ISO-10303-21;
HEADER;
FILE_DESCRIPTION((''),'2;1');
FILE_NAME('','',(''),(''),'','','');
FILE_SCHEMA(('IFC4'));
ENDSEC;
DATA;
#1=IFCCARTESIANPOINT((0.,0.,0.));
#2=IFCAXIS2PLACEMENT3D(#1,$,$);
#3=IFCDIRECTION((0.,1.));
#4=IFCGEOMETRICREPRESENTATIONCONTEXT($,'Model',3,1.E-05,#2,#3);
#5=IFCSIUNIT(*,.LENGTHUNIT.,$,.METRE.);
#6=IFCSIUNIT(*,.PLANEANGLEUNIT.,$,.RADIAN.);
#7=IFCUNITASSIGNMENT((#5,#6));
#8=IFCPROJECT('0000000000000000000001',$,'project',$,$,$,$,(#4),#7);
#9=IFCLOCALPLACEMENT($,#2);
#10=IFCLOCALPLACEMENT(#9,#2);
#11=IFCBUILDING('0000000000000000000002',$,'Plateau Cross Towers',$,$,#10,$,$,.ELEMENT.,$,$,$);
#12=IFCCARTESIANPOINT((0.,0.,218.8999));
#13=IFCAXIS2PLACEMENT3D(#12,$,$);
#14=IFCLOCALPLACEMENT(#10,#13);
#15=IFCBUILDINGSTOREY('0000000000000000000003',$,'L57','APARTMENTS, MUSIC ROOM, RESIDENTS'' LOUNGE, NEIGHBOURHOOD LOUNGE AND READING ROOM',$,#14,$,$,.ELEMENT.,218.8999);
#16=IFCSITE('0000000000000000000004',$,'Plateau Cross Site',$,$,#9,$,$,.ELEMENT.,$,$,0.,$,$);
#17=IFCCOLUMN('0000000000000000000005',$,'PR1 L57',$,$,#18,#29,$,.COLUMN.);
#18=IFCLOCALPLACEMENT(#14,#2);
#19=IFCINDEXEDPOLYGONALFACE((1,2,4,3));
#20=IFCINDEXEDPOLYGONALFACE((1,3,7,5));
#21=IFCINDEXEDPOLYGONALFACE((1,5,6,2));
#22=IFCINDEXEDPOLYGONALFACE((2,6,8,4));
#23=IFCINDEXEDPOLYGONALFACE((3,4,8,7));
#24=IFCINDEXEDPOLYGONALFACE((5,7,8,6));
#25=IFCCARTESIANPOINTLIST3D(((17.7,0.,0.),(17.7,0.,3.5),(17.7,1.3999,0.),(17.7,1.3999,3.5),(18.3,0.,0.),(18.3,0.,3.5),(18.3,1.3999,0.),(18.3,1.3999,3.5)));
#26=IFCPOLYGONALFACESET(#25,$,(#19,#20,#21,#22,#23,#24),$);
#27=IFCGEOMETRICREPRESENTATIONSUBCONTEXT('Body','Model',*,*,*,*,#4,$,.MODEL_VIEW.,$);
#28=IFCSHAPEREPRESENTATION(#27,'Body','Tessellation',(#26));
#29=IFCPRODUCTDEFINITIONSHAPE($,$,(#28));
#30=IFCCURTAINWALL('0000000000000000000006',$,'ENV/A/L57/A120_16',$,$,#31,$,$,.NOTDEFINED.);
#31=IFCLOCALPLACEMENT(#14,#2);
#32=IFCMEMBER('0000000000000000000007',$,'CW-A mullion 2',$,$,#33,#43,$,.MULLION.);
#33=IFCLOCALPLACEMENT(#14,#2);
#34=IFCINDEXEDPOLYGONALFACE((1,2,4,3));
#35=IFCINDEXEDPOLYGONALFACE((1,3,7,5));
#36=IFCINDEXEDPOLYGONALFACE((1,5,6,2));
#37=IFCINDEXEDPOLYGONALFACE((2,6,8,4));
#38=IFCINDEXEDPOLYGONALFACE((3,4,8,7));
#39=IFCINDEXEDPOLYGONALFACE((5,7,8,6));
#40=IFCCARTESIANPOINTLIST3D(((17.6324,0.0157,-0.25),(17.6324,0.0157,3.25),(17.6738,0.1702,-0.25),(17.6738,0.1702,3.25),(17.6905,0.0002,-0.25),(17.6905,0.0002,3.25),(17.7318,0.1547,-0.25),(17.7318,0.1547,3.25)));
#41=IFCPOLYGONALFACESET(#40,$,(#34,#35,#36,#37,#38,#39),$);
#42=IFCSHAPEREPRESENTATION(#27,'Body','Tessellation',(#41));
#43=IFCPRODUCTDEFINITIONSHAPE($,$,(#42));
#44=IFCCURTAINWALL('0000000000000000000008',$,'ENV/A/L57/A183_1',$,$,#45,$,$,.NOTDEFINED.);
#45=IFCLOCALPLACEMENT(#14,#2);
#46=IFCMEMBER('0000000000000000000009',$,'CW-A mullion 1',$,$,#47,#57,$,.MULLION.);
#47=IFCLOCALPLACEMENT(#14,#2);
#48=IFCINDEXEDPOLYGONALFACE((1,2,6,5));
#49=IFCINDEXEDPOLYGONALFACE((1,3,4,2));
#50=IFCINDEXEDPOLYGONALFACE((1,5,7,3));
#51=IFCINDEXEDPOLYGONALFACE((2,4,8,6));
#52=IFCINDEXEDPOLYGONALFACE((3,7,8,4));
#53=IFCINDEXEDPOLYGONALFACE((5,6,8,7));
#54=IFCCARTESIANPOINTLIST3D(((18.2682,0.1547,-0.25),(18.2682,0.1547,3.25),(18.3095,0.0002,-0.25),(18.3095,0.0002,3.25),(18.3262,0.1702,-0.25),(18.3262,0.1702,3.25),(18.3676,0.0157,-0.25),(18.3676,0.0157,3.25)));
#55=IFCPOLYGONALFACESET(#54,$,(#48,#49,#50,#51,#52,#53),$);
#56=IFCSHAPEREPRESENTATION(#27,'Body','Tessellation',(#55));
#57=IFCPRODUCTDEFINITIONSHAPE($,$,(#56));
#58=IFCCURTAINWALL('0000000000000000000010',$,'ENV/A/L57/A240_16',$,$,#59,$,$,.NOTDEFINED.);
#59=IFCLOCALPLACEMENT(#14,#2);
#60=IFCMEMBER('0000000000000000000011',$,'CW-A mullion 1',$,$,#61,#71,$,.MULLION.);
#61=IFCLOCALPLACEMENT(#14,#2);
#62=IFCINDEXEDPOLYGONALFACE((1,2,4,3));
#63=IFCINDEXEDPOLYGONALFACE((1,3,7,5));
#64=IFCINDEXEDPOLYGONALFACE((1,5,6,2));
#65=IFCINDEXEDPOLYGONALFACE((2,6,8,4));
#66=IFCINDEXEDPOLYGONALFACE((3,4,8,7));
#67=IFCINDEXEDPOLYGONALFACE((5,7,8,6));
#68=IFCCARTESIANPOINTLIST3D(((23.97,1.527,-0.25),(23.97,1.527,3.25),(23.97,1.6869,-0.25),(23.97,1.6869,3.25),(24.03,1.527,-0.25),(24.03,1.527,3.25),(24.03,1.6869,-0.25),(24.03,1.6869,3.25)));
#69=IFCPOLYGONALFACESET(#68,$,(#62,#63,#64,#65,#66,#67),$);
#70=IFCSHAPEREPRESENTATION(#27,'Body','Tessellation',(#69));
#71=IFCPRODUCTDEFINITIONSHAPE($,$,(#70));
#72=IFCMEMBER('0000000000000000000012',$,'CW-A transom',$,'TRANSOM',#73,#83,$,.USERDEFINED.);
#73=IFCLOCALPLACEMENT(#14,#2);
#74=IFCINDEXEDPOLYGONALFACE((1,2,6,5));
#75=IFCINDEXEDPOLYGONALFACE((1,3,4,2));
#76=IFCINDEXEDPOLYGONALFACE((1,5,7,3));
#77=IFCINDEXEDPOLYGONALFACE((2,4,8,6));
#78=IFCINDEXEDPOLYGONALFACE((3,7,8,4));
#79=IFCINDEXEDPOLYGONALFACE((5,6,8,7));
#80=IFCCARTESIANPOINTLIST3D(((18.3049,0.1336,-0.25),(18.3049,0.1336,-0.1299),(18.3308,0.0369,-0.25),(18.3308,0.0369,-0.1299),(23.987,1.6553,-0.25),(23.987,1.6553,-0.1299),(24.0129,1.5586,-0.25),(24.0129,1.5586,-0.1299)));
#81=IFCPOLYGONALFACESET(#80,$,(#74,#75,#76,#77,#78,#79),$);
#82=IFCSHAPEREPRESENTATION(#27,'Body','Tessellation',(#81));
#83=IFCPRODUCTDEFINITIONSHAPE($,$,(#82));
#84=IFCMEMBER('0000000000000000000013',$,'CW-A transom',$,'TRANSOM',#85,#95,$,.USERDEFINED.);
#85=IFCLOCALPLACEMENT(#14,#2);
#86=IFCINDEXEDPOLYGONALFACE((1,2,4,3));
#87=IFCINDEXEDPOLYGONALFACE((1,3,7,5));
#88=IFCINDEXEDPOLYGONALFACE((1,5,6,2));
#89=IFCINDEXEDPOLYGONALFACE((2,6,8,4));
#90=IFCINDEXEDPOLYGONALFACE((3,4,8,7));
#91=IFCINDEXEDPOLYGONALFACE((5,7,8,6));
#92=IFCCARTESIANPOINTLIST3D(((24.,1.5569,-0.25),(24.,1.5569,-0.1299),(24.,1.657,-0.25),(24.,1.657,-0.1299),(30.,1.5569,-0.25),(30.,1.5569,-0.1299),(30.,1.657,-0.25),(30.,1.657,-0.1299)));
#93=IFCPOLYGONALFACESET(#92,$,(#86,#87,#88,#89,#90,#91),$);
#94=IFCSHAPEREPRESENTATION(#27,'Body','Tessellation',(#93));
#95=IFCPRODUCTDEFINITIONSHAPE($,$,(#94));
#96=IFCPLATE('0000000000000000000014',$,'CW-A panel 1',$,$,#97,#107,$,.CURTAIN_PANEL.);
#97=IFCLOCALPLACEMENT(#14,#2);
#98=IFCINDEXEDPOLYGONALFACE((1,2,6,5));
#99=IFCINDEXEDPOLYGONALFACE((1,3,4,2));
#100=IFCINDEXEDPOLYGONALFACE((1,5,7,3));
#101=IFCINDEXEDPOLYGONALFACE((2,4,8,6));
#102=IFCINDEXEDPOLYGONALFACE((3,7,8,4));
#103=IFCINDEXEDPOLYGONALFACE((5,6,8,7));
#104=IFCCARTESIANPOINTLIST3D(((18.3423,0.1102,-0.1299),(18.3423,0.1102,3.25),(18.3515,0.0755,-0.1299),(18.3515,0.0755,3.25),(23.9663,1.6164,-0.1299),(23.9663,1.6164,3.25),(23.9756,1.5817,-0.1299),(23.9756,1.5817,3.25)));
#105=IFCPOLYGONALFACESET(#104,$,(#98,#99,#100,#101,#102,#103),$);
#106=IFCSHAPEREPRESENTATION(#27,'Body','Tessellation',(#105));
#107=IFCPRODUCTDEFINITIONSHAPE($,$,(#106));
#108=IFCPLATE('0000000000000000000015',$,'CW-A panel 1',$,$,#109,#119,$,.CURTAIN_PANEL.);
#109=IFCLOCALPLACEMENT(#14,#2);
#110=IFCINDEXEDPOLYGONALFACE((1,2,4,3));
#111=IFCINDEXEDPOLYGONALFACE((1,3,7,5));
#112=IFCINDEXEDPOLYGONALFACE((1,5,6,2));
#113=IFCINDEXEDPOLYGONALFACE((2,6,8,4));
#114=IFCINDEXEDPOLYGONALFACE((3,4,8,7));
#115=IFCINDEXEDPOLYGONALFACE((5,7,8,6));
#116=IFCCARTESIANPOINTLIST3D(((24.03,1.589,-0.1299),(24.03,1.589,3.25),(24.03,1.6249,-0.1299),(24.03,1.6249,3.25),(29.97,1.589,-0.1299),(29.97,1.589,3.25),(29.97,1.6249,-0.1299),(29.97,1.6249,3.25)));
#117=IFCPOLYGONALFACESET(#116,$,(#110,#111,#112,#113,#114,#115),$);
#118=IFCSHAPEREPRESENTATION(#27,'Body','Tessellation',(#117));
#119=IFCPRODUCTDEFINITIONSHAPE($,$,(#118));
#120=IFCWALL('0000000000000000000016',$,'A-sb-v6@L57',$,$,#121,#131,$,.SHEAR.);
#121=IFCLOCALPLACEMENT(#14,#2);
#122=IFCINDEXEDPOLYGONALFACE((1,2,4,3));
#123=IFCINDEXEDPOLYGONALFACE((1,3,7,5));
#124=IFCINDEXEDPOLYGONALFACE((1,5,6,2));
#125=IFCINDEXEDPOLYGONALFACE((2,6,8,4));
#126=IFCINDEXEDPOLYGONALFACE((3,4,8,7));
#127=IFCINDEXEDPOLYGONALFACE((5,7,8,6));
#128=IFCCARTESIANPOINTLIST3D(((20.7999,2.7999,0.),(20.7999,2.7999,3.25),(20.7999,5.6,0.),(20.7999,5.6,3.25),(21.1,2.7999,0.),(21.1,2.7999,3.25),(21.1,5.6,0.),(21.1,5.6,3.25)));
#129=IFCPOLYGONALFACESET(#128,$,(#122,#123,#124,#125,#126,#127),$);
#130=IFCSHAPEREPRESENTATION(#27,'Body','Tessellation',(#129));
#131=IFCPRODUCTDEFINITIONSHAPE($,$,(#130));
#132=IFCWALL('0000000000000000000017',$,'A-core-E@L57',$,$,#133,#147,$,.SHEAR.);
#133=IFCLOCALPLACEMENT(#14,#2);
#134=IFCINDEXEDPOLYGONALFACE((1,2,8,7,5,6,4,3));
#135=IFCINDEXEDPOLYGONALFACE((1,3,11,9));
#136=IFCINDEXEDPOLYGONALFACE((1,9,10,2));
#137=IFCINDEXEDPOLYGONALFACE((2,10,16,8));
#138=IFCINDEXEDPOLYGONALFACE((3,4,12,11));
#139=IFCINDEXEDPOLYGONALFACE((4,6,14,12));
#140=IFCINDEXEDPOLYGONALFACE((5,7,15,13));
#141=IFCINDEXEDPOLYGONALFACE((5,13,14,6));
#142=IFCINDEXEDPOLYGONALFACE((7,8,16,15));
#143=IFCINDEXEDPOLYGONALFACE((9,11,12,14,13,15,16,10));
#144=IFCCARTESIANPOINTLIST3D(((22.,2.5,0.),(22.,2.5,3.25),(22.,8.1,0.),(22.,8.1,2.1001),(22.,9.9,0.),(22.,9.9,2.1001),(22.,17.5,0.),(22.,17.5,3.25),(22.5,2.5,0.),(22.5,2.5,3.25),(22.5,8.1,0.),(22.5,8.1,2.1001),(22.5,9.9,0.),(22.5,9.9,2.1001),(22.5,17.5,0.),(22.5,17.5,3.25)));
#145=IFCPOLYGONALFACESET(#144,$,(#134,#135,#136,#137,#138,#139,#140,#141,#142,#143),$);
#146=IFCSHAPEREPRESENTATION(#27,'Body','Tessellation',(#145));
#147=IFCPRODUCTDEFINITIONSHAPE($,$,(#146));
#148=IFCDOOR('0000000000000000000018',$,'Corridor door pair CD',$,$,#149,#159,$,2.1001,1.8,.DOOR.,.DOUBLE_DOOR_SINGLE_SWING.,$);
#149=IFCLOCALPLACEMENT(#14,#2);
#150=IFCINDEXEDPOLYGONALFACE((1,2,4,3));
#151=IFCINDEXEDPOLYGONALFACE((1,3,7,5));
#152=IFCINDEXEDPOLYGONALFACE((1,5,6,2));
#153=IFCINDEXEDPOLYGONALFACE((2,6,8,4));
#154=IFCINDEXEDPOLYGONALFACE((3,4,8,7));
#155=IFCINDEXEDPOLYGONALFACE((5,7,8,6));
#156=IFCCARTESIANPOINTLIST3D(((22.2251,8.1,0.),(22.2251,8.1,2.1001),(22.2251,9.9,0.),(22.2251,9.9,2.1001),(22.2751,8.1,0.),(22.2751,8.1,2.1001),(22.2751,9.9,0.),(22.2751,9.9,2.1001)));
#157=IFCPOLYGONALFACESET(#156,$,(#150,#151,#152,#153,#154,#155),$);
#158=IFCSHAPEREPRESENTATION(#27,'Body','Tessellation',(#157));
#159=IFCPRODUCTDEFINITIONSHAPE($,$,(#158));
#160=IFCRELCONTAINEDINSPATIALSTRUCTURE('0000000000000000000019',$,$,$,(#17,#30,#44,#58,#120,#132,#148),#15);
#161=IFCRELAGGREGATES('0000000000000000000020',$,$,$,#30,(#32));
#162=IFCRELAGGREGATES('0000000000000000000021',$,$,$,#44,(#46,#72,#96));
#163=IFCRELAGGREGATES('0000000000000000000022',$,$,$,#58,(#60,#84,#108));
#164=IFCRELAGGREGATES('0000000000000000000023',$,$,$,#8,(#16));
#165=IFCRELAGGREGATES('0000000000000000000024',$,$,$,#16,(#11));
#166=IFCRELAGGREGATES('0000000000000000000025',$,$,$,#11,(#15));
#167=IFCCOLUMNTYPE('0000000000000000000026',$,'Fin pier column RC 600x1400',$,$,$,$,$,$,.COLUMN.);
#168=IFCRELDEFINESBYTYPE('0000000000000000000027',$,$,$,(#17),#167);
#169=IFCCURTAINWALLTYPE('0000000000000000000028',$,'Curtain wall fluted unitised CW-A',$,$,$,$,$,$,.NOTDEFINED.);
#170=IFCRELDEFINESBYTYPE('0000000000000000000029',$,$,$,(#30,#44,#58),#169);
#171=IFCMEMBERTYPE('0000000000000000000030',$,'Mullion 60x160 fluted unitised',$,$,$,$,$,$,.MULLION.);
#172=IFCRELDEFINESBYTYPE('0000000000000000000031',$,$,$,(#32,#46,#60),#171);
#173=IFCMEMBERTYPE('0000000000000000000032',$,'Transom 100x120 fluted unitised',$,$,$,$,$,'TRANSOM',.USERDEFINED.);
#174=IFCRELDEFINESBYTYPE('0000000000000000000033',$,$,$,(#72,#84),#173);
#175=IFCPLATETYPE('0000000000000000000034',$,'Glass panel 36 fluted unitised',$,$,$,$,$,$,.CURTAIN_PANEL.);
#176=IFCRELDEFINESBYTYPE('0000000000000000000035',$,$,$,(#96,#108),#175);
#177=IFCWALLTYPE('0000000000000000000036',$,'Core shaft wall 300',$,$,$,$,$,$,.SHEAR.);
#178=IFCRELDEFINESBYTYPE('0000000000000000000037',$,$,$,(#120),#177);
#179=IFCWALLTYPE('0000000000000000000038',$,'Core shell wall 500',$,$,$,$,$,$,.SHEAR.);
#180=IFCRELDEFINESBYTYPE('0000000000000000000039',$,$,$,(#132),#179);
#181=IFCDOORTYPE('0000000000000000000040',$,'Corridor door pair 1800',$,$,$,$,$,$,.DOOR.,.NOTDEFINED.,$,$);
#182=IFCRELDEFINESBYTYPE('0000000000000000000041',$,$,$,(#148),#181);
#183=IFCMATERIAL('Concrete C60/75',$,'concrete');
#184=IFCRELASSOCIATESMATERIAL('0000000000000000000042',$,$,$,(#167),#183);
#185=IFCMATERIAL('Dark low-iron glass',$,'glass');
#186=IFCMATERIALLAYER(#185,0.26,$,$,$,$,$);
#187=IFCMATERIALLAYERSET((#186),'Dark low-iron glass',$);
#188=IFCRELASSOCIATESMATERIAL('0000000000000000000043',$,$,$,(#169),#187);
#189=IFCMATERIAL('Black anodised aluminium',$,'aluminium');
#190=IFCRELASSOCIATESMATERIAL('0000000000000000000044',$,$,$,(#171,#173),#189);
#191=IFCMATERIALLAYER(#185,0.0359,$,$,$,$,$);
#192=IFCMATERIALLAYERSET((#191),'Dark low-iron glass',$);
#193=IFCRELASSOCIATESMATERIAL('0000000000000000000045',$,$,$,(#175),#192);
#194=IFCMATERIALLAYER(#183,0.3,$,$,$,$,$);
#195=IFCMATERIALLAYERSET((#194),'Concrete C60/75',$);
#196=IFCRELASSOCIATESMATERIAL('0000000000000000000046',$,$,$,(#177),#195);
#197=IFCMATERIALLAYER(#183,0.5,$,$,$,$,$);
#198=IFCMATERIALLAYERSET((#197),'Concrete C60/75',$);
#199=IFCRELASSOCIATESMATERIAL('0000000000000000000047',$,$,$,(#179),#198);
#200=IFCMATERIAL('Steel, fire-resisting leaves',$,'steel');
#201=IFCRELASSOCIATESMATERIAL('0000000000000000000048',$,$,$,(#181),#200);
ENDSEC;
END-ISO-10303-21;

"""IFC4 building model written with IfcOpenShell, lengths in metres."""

from ifc_helpers import new_model, si_unit, direction, frame, frame_2d, origin, origin_2d, place, context, subcontext, project, spatial, rectangle, extrude, material, layer, layer_set, material_profile, profile_set, type_object, element, fill, aggregate, save


model = new_model("IFC4")

# Units and contexts
model_context = context("Model", 3, precision=1e-05, world=origin(), true_north=direction((0.0, 1.0)))
body_context = subcontext(model_context, "Body", "Model", "MODEL_VIEW")
ifc_project = project(units=[si_unit("LENGTHUNIT", "METRE"), si_unit("PLANEANGLEUNIT", "RADIAN")], contexts=[model_context])

# Site, building, storey
site_placement = place(None, origin())
site = spatial("IfcSite", under=ifc_project, at=site_placement, Name="Plateau Cross Site", CompositionType="ELEMENT", RefElevation=0.0)
building_placement = place(site_placement, origin())
building = spatial("IfcBuilding", under=site, at=building_placement, Name="Plateau Cross Towers", CompositionType="ELEMENT")
storey_placement = place(building_placement, frame((0.0, 0.0, 218.8999)))
storey = spatial("IfcBuildingStorey", under=building, at=storey_placement, Name="L57", Description="APARTMENTS, MUSIC ROOM, RESIDENTS' LOUNGE, NEIGHBOURHOOD LOUNGE AND READING ROOM", CompositionType="ELEMENT", Elevation=218.8999)

# Column
ifc_material_1 = material(Name="Concrete C60/75", Category="concrete")
ifc_material_profile_1 = material_profile(ifc_material_1, rectangle(XDim=0.6001, YDim=1.3999, at=origin_2d()), Name="RC 600x1400")
ifc_profile_set_1 = profile_set([ifc_material_profile_1], Name="Concrete C60/75")
column_type = type_object("IfcColumnType", Name="Fin pier column RC 600x1400", PredefinedType="COLUMN", material=ifc_profile_set_1)
column_placement = place(storey_placement, frame((18.0, 0.7, 0.0), z_axis=(0.0, 0.0, 1.0), x_axis=(1.0, 0.0, 0.0)))
element("IfcColumn", 1, at=column_placement, inside=storey, type_object=column_type, Name="PR1 L57", PredefinedType="COLUMN", context=body_context, shape_type="SweptSolid", body=[
    extrude(rectangle(XDim=0.6001, YDim=1.3999, at=origin_2d()), origin(), (0.0, 0.0, 1.0), 3.5),
])

# Curtain walls, members
ifc_material_2 = material(Name="Dark low-iron glass", Category="glass")
ifc_layer_1 = layer(ifc_material_2, 0.26)
ifc_layer_set_1 = layer_set([ifc_layer_1], Name="Dark low-iron glass")
curtain_wall_type = type_object("IfcCurtainWallType", Name="Curtain wall fluted unitised CW-A", PredefinedType="NOTDEFINED", material=ifc_layer_set_1)
curtain_wall_1_placement = place(storey_placement, origin())
curtain_wall_1 = element("IfcCurtainWall", 2, at=curtain_wall_1_placement, inside=storey, type_object=curtain_wall_type, Name="ENV/A/L57/A120_16", PredefinedType="NOTDEFINED")
ifc_material_3 = material(Name="Black anodised aluminium", Category="aluminium")
ifc_material_profile_2 = material_profile(ifc_material_3, rectangle(XDim=0.0601, YDim=0.1599, at=origin_2d()), Name="MULLION 60x160")
ifc_profile_set_2 = profile_set([ifc_material_profile_2], Name="Black anodised aluminium")
member_type_1 = type_object("IfcMemberType", Name="Mullion 60x160 fluted unitised", PredefinedType="MULLION", material=ifc_profile_set_2)
member_1_placement = place(storey_placement, frame((17.6821, 0.0852, -0.25), z_axis=(0.0, 0.0, 1.0), x_axis=(0.965958, -0.258699, 0.0)))
member_1 = element("IfcMember", 3, at=member_1_placement, type_object=member_type_1, Name="CW-A mullion 2", PredefinedType="MULLION", context=body_context, shape_type="SweptSolid", body=[
    extrude(rectangle(XDim=0.0601, YDim=0.1599, at=origin_2d()), origin(), (0.0, 0.0, 1.0), 3.5),
])
aggregate(curtain_wall_1, [member_1])
curtain_wall_2_placement = place(storey_placement, origin())
curtain_wall_2 = element("IfcCurtainWall", 4, at=curtain_wall_2_placement, inside=storey, type_object=curtain_wall_type, Name="ENV/A/L57/A183_1", PredefinedType="NOTDEFINED")
member_2_placement = place(storey_placement, frame((18.3179, 0.0852, -0.25), z_axis=(0.0, 0.0, 1.0), x_axis=(0.965958, 0.258699, 0.0)))
member_2 = element("IfcMember", 5, at=member_2_placement, type_object=member_type_1, Name="CW-A mullion 1", PredefinedType="MULLION", context=body_context, shape_type="SweptSolid", body=[
    extrude(rectangle(XDim=0.0601, YDim=0.1599, at=origin_2d()), origin(), (0.0, 0.0, 1.0), 3.5),
])
curtain_wall_3_placement = place(storey_placement, origin())
curtain_wall_3 = element("IfcCurtainWall", 6, at=curtain_wall_3_placement, inside=storey, type_object=curtain_wall_type, Name="ENV/A/L57/A240_16", PredefinedType="NOTDEFINED")
member_3_placement = place(storey_placement, frame((24.0, 1.6069, -0.25), z_axis=(0.0, 0.0, 1.0), x_axis=(1.0, 0.0, 0.0)))
member_3 = element("IfcMember", 7, at=member_3_placement, type_object=member_type_1, Name="CW-A mullion 1", PredefinedType="MULLION", context=body_context, shape_type="SweptSolid", body=[
    extrude(rectangle(XDim=0.0601, YDim=0.1599, at=origin_2d()), origin(), (0.0, 0.0, 1.0), 3.5),
])

# Members
ifc_material_profile_3 = material_profile(ifc_material_3, rectangle(XDim=0.1001, YDim=0.1201, at=origin_2d()), Name="TRANSOM 100x120")
ifc_profile_set_3 = profile_set([ifc_material_profile_3], Name="Black anodised aluminium")
member_type_2 = type_object("IfcMemberType", Name="Transom 100x120 fluted unitised", ElementType="TRANSOM", PredefinedType="USERDEFINED", material=ifc_profile_set_3)
member_4_placement = place(storey_placement, frame((18.3179, 0.0852, -0.1899), z_axis=(0.96596, 0.258693, 0.0), x_axis=(-0.258693, 0.96596, 0.0)))
member_4 = element("IfcMember", 8, at=member_4_placement, type_object=member_type_2, Name="CW-A transom", ObjectType="TRANSOM", PredefinedType="USERDEFINED", context=body_context, shape_type="SweptSolid", body=[
    extrude(rectangle(XDim=0.1001, YDim=0.1201, at=origin_2d()), origin(), (0.0, 0.0, 1.0), 5.8823),
])
member_5_placement = place(storey_placement, frame((24.0, 1.6069, -0.1899), z_axis=(1.0, 0.0, 0.0), x_axis=(0.0, 1.0, 0.0)))
member_5 = element("IfcMember", 9, at=member_5_placement, type_object=member_type_2, Name="CW-A transom", ObjectType="TRANSOM", PredefinedType="USERDEFINED", context=body_context, shape_type="SweptSolid", body=[
    extrude(rectangle(XDim=0.1001, YDim=0.1201, at=origin_2d()), origin(), (0.0, 0.0, 1.0), 6.0),
])

# Plates
ifc_layer_2 = layer(ifc_material_2, 0.0359)
ifc_layer_set_2 = layer_set([ifc_layer_2], Name="Dark low-iron glass")
plate_type = type_object("IfcPlateType", Name="Glass panel 36 fluted unitised", PredefinedType="CURTAIN_PANEL", material=ifc_layer_set_2)
plate_1_placement = place(storey_placement, frame((21.1589, 0.8459, -0.1299), z_axis=(0.0, 0.0, 1.0), x_axis=(0.965958, 0.258699, 0.0)))
plate_1 = element("IfcPlate", 10, at=plate_1_placement, type_object=plate_type, Name="CW-A panel 1", PredefinedType="CURTAIN_PANEL", context=body_context, shape_type="SweptSolid", body=[
    extrude(rectangle(XDim=5.8223, YDim=0.0359, at=origin_2d()), origin(), (0.0, 0.0, 1.0), 3.3799),
])
aggregate(curtain_wall_2, [member_2, member_4, plate_1])
plate_2_placement = place(storey_placement, frame((27.0, 1.6069, -0.1299), z_axis=(0.0, 0.0, 1.0), x_axis=(1.0, 0.0, 0.0)))
plate_2 = element("IfcPlate", 11, at=plate_2_placement, type_object=plate_type, Name="CW-A panel 1", PredefinedType="CURTAIN_PANEL", context=body_context, shape_type="SweptSolid", body=[
    extrude(rectangle(XDim=5.9399, YDim=0.0359, at=origin_2d()), origin(), (0.0, 0.0, 1.0), 3.3799),
])
aggregate(curtain_wall_3, [member_3, member_5, plate_2])

# Wall
ifc_layer_3 = layer(ifc_material_1, 0.3)
ifc_layer_set_3 = layer_set([ifc_layer_3], Name="Concrete C60/75")
wall_type_1 = type_object("IfcWallType", Name="Core shaft wall 300", PredefinedType="SHEAR", material=ifc_layer_set_3)
wall_1_placement = place(storey_placement, frame((20.95, 2.8, 0.0), z_axis=(0.0, 0.0, 1.0), x_axis=(0.0, 1.0, 0.0)))
element("IfcWall", 12, at=wall_1_placement, inside=storey, type_object=wall_type_1, Name="A-sb-v6@L57", PredefinedType="SHEAR", context=body_context, shape_type="SweptSolid", body=[
    extrude(rectangle(XDim=2.8, YDim=0.3, at=frame_2d((1.3999, 0.0))), origin(), (0.0, 0.0, 1.0), 3.25),
])

# Wall, opening, door
ifc_layer_4 = layer(ifc_material_1, 0.5)
ifc_layer_set_4 = layer_set([ifc_layer_4], Name="Concrete C60/75")
wall_type_2 = type_object("IfcWallType", Name="Core shell wall 500", PredefinedType="SHEAR", material=ifc_layer_set_4)
wall_2_placement = place(storey_placement, frame((22.25, 2.5, 0.0), z_axis=(0.0, 0.0, 1.0), x_axis=(0.0, 1.0, 0.0)))
wall_2 = element("IfcWall", 13, at=wall_2_placement, inside=storey, type_object=wall_type_2, Name="A-core-E@L57", PredefinedType="SHEAR", context=body_context, shape_type="SweptSolid", body=[
    extrude(rectangle(XDim=15.0, YDim=0.5, at=frame_2d((7.5, 0.0))), origin(), (0.0, 0.0, 1.0), 3.25),
])
opening_placement = place(wall_2_placement, frame((5.6001, 0.0, 0.0)))
opening = element("IfcOpeningElement", 14, at=opening_placement, cuts=wall_2, PredefinedType="OPENING", context=body_context, shape_type="SweptSolid", body=[
    extrude(rectangle(XDim=1.8, YDim=2.1001, at=frame_2d((0.8999, 1.05))), frame((0.0, 0.26, 0.0), z_axis=(0.0, -1.0, 0.0), x_axis=(1.0, 0.0, 0.0)), (0.0, 0.0, 1.0), 0.52),
])
ifc_material_4 = material(Name="Steel, fire-resisting leaves", Category="steel")
door_type = type_object("IfcDoorType", Name="Corridor door pair 1800", OperationType="NOTDEFINED", PredefinedType="DOOR", material=ifc_material_4)
door_placement = place(opening_placement, origin())
door = element("IfcDoor", 15, at=door_placement, inside=storey, type_object=door_type, Name="Corridor door pair CD", OperationType="DOUBLE_DOOR_SINGLE_SWING", OverallHeight=2.1001, OverallWidth=1.8, PredefinedType="DOOR", context=body_context, shape_type="SweptSolid", body=[
    extrude(rectangle(XDim=1.8, YDim=2.1001, at=frame_2d((0.8999, 1.05))), frame((0.0, 0.0249, 0.0), z_axis=(0.0, -1.0, 0.0), x_axis=(1.0, 0.0, 0.0)), (0.0, 0.0, 1.0), 0.05),
])
fill(opening, door)

save(model, "model.ifc")
